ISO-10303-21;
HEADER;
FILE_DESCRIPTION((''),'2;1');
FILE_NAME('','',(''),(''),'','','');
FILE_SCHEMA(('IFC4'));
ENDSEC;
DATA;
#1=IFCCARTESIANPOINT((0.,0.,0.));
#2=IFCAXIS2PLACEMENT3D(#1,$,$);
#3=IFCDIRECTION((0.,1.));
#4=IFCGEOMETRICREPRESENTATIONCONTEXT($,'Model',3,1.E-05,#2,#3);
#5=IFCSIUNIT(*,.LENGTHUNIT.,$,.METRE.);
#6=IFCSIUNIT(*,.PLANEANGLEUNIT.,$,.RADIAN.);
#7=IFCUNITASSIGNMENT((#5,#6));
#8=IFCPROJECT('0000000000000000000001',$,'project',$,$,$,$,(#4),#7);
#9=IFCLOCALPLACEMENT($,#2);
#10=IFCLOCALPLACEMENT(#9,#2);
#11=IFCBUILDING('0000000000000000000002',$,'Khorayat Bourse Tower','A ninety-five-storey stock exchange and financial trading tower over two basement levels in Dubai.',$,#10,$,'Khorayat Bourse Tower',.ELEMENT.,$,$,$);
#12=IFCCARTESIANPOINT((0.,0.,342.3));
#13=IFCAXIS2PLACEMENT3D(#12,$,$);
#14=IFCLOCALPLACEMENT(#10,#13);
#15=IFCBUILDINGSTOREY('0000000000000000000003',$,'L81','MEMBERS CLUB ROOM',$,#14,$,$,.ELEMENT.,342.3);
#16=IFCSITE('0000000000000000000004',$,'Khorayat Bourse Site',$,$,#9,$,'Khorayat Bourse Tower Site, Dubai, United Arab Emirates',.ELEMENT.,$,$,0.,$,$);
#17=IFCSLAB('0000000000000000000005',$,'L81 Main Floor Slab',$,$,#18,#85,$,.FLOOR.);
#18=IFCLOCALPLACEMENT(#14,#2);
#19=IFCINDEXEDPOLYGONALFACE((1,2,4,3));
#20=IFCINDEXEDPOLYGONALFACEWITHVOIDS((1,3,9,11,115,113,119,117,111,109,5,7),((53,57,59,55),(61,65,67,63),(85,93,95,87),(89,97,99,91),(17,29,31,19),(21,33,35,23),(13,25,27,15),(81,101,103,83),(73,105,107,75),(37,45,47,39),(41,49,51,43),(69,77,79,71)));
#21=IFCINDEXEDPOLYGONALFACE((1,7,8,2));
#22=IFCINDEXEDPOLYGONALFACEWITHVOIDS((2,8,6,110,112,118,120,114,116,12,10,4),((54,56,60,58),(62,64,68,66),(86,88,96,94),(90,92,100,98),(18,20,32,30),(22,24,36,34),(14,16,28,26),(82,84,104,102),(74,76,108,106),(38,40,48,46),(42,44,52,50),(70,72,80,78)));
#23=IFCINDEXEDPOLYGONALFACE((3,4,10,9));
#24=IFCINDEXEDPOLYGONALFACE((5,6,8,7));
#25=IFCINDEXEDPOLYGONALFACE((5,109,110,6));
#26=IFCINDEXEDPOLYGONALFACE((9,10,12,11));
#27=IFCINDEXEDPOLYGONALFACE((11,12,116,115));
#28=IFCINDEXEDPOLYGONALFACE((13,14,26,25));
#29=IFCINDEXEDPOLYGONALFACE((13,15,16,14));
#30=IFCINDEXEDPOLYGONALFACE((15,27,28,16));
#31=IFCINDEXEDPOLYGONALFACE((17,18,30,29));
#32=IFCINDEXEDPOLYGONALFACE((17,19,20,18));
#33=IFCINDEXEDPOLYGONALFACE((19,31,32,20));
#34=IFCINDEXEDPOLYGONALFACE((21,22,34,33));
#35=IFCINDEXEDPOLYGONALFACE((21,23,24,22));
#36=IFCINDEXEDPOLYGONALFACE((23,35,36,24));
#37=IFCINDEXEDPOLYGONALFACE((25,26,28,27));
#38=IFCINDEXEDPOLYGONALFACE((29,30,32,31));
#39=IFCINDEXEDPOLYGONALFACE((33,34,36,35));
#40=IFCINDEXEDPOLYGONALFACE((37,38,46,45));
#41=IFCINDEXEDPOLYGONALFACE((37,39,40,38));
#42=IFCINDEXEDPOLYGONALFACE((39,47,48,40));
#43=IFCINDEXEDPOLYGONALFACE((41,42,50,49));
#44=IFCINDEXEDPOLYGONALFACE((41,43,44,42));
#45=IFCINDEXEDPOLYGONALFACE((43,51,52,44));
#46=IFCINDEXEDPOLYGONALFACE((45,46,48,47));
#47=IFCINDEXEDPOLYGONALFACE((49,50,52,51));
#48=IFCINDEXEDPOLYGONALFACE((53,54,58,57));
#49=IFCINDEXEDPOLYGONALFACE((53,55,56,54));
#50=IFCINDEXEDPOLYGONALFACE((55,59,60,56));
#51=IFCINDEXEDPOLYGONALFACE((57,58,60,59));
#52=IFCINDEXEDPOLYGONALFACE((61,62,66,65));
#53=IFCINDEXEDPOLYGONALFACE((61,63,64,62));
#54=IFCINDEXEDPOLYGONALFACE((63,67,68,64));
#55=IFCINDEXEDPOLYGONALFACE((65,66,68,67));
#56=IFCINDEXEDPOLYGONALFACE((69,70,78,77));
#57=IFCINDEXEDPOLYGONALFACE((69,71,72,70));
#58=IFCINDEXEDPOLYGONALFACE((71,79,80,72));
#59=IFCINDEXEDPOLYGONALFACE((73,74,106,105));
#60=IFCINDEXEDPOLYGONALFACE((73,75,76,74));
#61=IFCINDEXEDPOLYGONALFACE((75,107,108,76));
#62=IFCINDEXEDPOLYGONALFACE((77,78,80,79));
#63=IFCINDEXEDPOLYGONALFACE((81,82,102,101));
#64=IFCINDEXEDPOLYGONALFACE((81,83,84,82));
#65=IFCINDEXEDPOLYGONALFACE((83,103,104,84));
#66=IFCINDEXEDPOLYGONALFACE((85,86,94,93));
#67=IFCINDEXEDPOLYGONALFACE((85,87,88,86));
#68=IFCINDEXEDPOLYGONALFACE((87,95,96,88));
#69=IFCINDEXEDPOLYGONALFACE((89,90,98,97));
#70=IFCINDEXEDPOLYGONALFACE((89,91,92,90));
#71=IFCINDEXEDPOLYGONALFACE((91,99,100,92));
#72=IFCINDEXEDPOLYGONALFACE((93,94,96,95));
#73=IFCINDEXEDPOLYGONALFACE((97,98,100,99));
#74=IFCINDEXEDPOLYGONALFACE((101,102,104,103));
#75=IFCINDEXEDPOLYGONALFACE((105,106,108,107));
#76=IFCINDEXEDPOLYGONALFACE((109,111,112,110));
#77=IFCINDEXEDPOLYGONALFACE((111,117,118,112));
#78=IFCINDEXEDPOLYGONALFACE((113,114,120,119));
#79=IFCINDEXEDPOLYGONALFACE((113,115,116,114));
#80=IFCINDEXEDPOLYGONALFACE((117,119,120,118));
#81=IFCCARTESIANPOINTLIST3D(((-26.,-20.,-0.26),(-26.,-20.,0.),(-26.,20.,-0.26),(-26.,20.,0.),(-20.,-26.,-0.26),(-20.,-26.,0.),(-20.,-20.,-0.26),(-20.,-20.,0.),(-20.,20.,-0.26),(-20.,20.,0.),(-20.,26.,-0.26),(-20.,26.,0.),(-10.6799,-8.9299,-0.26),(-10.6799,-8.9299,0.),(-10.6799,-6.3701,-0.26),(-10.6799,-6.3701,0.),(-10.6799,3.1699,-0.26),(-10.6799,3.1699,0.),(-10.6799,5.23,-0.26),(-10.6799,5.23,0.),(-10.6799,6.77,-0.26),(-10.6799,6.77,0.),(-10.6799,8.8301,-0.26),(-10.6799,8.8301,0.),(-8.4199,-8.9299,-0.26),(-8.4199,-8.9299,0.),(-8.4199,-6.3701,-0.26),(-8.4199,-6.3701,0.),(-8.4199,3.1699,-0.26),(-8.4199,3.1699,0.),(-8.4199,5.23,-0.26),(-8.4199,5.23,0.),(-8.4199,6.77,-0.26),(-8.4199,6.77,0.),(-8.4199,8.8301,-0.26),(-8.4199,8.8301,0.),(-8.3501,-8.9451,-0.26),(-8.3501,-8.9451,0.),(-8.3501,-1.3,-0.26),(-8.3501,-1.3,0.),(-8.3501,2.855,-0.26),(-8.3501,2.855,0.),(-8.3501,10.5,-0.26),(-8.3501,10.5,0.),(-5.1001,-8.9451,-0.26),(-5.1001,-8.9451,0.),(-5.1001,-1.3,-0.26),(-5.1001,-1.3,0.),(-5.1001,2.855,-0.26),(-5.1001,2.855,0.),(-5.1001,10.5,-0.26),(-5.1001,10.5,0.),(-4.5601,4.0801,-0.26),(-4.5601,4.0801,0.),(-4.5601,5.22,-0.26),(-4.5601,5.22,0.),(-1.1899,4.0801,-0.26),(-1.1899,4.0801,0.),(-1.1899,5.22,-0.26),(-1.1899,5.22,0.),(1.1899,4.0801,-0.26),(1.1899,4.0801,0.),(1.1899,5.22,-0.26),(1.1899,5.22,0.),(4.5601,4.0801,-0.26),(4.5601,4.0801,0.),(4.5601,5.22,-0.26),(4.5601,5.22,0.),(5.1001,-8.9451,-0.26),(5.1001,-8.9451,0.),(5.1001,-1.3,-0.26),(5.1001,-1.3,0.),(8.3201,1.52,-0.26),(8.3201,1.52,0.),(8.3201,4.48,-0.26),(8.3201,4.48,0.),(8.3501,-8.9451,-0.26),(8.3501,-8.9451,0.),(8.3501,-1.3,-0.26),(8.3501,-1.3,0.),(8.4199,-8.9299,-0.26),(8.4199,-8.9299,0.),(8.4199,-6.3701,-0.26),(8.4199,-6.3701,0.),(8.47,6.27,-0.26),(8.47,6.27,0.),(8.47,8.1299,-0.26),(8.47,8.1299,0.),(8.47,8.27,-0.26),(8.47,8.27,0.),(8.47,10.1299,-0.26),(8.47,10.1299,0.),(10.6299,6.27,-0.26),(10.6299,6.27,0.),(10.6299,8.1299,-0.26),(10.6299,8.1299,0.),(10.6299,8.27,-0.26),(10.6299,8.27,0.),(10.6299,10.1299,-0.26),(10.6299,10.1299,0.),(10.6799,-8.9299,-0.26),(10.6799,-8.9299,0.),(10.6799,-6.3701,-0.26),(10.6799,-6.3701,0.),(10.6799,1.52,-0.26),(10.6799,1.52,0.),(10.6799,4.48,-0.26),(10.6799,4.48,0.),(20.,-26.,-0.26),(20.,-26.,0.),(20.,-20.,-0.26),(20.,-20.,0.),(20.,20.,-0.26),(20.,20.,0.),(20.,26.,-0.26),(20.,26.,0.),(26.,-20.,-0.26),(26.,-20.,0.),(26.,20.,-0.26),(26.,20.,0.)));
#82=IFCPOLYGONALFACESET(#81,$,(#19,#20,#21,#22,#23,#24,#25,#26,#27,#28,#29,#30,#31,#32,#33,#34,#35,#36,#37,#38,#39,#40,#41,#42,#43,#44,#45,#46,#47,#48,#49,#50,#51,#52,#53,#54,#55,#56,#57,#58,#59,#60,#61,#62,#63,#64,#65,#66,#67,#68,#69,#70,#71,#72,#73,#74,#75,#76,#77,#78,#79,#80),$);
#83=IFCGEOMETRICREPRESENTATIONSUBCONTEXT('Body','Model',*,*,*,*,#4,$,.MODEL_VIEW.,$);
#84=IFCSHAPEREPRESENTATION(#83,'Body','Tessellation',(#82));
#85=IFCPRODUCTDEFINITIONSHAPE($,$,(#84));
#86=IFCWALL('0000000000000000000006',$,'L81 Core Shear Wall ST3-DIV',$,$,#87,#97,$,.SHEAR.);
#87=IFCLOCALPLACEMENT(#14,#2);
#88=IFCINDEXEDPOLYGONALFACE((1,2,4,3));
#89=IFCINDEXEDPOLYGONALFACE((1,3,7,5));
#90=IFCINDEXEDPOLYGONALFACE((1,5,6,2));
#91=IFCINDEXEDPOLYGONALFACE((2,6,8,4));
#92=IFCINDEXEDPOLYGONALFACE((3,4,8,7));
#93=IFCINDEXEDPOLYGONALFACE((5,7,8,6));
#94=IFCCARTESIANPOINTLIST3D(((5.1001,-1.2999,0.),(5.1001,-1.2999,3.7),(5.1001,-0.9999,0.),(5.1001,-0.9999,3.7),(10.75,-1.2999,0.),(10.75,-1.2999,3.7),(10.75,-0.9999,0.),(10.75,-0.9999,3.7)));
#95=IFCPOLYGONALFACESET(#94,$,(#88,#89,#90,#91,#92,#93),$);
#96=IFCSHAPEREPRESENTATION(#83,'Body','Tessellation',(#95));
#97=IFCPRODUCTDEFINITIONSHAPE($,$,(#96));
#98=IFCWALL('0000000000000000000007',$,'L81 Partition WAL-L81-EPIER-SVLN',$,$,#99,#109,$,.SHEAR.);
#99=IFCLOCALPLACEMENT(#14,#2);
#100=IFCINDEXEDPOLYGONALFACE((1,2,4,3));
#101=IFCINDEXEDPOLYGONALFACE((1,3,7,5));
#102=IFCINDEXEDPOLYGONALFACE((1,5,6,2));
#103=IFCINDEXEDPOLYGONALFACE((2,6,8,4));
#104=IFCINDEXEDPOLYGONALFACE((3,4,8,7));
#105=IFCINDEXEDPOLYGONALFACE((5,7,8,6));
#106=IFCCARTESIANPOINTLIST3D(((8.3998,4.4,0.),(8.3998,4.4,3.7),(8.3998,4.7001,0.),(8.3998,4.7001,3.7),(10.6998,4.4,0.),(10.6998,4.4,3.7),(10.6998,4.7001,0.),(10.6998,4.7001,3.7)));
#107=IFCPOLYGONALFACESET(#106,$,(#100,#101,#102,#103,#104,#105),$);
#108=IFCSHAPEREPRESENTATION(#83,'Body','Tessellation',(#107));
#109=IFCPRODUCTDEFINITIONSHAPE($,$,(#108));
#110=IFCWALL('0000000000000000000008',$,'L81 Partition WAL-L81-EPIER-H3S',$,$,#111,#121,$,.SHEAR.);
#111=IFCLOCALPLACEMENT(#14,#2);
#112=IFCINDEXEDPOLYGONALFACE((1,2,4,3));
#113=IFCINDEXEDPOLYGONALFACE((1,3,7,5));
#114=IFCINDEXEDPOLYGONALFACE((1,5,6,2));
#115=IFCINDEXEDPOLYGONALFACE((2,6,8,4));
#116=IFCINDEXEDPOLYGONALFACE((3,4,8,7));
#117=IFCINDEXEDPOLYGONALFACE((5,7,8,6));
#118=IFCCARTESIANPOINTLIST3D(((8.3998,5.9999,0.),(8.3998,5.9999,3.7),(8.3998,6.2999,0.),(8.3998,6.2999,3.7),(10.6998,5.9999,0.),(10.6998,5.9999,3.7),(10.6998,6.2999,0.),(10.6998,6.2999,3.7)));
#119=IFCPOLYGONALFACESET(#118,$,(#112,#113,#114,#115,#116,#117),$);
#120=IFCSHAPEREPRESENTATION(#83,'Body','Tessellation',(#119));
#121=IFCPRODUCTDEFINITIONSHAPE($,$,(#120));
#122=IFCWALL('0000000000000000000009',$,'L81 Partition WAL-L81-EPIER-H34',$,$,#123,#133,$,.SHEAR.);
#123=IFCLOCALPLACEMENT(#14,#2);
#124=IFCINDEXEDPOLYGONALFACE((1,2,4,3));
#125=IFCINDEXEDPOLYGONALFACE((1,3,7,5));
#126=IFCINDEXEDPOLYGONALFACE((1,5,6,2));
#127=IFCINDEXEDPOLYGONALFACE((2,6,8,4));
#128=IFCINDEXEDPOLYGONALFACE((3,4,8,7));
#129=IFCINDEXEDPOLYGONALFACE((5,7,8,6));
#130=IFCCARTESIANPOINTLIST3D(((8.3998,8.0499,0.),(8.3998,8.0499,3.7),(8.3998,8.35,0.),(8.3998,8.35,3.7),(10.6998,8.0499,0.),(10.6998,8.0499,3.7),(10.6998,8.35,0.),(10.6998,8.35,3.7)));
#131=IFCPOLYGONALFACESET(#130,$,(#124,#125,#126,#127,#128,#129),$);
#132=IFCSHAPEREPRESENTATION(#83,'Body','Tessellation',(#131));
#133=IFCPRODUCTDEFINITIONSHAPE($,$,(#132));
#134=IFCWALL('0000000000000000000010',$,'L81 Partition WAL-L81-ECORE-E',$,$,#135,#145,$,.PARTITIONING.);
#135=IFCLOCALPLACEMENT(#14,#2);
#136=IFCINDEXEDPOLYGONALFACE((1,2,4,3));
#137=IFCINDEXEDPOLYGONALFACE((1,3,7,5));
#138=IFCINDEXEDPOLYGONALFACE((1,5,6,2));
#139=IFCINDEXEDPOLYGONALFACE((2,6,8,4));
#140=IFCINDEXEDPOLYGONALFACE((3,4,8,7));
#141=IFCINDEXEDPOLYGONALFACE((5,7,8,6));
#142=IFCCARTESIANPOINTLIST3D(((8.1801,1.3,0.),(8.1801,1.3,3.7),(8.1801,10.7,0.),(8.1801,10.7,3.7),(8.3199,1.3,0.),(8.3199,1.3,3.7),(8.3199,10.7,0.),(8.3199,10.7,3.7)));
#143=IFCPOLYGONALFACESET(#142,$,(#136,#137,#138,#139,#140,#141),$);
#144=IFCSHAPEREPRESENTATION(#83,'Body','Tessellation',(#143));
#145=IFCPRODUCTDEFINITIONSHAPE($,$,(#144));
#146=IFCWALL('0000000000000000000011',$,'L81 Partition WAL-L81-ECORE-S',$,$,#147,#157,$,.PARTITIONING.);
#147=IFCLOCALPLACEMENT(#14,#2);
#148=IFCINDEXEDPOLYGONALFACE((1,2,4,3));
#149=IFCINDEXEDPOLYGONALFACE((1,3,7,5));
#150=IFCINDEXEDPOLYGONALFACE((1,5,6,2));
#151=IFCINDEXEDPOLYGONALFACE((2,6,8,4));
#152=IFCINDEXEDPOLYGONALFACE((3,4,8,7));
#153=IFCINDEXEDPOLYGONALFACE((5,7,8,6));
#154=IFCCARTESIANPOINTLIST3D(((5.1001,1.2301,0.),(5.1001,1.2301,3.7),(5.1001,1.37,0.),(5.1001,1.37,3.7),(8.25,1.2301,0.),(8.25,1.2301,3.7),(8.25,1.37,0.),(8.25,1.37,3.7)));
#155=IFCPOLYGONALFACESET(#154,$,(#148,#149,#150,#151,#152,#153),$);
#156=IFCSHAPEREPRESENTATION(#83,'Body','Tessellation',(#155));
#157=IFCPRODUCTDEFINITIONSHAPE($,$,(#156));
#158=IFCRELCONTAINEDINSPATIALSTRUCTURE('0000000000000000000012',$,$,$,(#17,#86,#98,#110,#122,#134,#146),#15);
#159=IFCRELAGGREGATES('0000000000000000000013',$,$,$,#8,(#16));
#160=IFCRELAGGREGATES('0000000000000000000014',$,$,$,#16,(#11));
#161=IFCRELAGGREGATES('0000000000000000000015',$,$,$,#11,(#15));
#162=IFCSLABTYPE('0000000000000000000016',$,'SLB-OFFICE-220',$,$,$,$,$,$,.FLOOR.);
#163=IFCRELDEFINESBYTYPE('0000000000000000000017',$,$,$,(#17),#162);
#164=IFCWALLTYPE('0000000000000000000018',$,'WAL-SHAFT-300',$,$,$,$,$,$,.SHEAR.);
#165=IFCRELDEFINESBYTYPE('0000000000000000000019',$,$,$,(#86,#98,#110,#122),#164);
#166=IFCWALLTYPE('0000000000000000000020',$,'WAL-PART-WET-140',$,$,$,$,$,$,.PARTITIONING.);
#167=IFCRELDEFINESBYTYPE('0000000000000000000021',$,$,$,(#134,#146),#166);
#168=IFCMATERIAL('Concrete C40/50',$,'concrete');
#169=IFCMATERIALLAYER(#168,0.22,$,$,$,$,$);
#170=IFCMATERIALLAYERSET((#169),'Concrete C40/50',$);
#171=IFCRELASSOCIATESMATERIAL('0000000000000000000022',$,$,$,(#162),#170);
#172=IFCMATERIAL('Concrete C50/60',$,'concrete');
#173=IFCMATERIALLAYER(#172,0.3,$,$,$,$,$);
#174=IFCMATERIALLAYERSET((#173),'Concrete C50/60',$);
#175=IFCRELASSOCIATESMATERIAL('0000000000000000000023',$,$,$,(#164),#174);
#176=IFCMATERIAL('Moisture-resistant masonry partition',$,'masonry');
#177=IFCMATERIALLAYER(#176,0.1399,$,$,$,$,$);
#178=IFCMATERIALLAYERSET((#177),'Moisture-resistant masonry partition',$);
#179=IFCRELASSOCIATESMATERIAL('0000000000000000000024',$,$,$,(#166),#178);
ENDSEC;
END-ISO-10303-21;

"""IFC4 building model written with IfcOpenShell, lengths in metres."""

from ifc_helpers import new_model, si_unit, direction, frame, frame_2d, origin, place, context, subcontext, project, spatial, polyline, rectangle, outline, extrude, source, transform, mapped, material, layer, layer_set, type_object, element, save


model = new_model("IFC4")

# Units and contexts
model_context = context("Model", 3, precision=1e-05, world=origin(), true_north=direction((0.0, 1.0)))
body_context = subcontext(model_context, "Body", "Model", "MODEL_VIEW")
ifc_project = project(units=[si_unit("LENGTHUNIT", "METRE"), si_unit("PLANEANGLEUNIT", "RADIAN")], contexts=[model_context])

# Site, building, storey
site_placement = place(None, origin())
site = spatial("IfcSite", under=ifc_project, at=site_placement, Name="Khorayat Bourse Site", LongName="Khorayat Bourse Tower Site, Dubai, United Arab Emirates", CompositionType="ELEMENT", RefElevation=0.0)
building_placement = place(site_placement, origin())
building = spatial("IfcBuilding", under=site, at=building_placement, Name="Khorayat Bourse Tower", Description="A ninety-five-storey stock exchange and financial trading tower over two basement levels in Dubai.", LongName="Khorayat Bourse Tower", CompositionType="ELEMENT")
storey_placement = place(building_placement, frame((0.0, 0.0, 342.3)))
storey = spatial("IfcBuildingStorey", under=building, at=storey_placement, Name="L81", Description="MEMBERS CLUB ROOM", CompositionType="ELEMENT", Elevation=342.3)

# Shared definitions
ifc_material_1 = material(Name="Concrete C40/50", Category="concrete")

# Slab
ifc_layer_1 = layer(ifc_material_1, 0.22)
ifc_layer_set_1 = layer_set([ifc_layer_1], Name="Concrete C40/50")
slab_type_1 = type_object("IfcSlabType", Name="SLB-OFFICE-220", PredefinedType="FLOOR", material=ifc_layer_set_1)
slab_1_placement = place(storey_placement, frame((0.0, 0.0, -0.26)))
element("IfcSlab", 1, at=slab_1_placement, inside=storey, type_object=slab_type_1, Name="L81 Main Floor Slab", PredefinedType="FLOOR", context=body_context, shape_type="SweptSolid", body=[
    extrude(outline(polyline([(-20.0, -26.0), (20.0, -26.0), (20.0, -20.0), (26.0, -20.0), (26.0, 20.0), (20.0, 20.0), (20.0, 26.0), (-20.0, 26.0), (-20.0, 20.0), (-26.0, 20.0), (-26.0, -20.0), (-20.0, -20.0), (-20.0, -26.0)]), holes=[polyline([(-8.3501, -8.9451), (-5.1001, -8.9451), (-5.1001, -1.3), (-8.3501, -1.3), (-8.3501, -8.9451)]), polyline([(-8.3501, 2.855), (-5.1001, 2.855), (-5.1001, 10.5), (-8.3501, 10.5), (-8.3501, 2.855)]), polyline([(5.1001, -8.9451), (8.3501, -8.9451), (8.3501, -1.3), (5.1001, -1.3), (5.1001, -8.9451)]), polyline([(-10.6799, 3.1699), (-8.4199, 3.1699), (-8.4199, 5.23), (-10.6799, 5.23), (-10.6799, 3.1699)]), polyline([(-10.6799, 6.77), (-8.4199, 6.77), (-8.4199, 8.8301), (-10.6799, 8.8301), (-10.6799, 6.77)]), polyline([(8.47, 6.27), (10.6299, 6.27), (10.6299, 8.1299), (8.47, 8.1299), (8.47, 6.27)]), polyline([(8.47, 8.27), (10.6299, 8.27), (10.6299, 10.1299), (8.47, 10.1299), (8.47, 8.27)]), polyline([(-10.6799, -8.9299), (-8.4199, -8.9299), (-8.4199, -6.3701), (-10.6799, -6.3701), (-10.6799, -8.9299)]), polyline([(8.4199, -8.9299), (10.6799, -8.9299), (10.6799, -6.3701), (8.4199, -6.3701), (8.4199, -8.9299)]), polyline([(8.3201, 1.52), (10.6799, 1.52), (10.6799, 4.48), (8.3201, 4.48), (8.3201, 1.52)]), polyline([(-4.5601, 4.0801), (-1.1899, 4.0801), (-1.1899, 5.22), (-4.5601, 5.22), (-4.5601, 4.0801)]), polyline([(1.1899, 4.0801), (4.5601, 4.0801), (4.5601, 5.22), (1.1899, 5.22), (1.1899, 4.0801)])]), origin(), (0.0, 0.0, 1.0), 0.26),
])

# Walls
ifc_material_2 = material(Name="Concrete C50/60", Category="concrete")
ifc_layer_2 = layer(ifc_material_2, 0.3)
ifc_layer_set_2 = layer_set([ifc_layer_2], Name="Concrete C50/60")
wall_type_1 = type_object("IfcWallType", Name="WAL-SHAFT-300", PredefinedType="SHEAR", material=ifc_layer_set_2)
shared_shape_1 = source(origin(), body_context, "Body", "SweptSolid", [
    extrude(rectangle(XDim=5.6499, YDim=0.3, at=frame_2d((2.825, 0.0))), origin(), (0.0, 0.0, 1.0), 3.7),
])
wall_1_placement = place(storey_placement, frame((5.1001, -1.1499, 0.0), z_axis=(0.0, 0.0, 1.0), x_axis=(1.0, 0.0, 0.0)))
element("IfcWall", 2, at=wall_1_placement, inside=storey, type_object=wall_type_1, Name="L81 Core Shear Wall ST3-DIV", PredefinedType="SHEAR", context=body_context, shape_type="MappedRepresentation", body=[
    mapped(shared_shape_1, transform((0.0, 0.0, 0.0), scale=1.0)),
])
shared_shape_2 = source(origin(), body_context, "Body", "SweptSolid", [
    extrude(rectangle(XDim=2.3, YDim=0.3, at=frame_2d((1.1499, 0.0))), origin(), (0.0, 0.0, 1.0), 3.7),
])
for number, where, z_axis, x_axis, name in (
    (3, (8.3999, 4.55, 0.0), (0.0, 0.0, 1.0), (1.0, 0.0, 0.0), "L81 Partition WAL-L81-EPIER-SVLN"),
    (4, (8.3999, 6.1499, 0.0), (0.0, 0.0, 1.0), (1.0, 0.0, 0.0), "L81 Partition WAL-L81-EPIER-H3S"),
    (5, (8.3999, 8.2, 0.0), (0.0, 0.0, 1.0), (1.0, 0.0, 0.0), "L81 Partition WAL-L81-EPIER-H34"),
):
    element("IfcWall", number, at=place(storey_placement, frame(where, z_axis=z_axis, x_axis=x_axis)), inside=storey, type_object=wall_type_1, Name=name, PredefinedType="SHEAR", context=body_context, shape_type="MappedRepresentation", body=[
        mapped(shared_shape_2, transform((0.0, 0.0, 0.0), scale=1.0)),
    ])
ifc_material_3 = material(Name="Moisture-resistant masonry partition", Category="masonry")
ifc_layer_3 = layer(ifc_material_3, 0.1399)
ifc_layer_set_3 = layer_set([ifc_layer_3], Name="Moisture-resistant masonry partition")
wall_type_2 = type_object("IfcWallType", Name="WAL-PART-WET-140", PredefinedType="PARTITIONING", material=ifc_layer_set_3)
shared_shape_3 = source(origin(), body_context, "Body", "SweptSolid", [
    extrude(rectangle(XDim=9.3999, YDim=0.1399, at=frame_2d((4.7, 0.0))), origin(), (0.0, 0.0, 1.0), 3.7),
])
wall_2_placement = place(storey_placement, frame((8.25, 1.3, 0.0), z_axis=(0.0, 0.0, 1.0), x_axis=(0.0, 1.0, 0.0)))
element("IfcWall", 6, at=wall_2_placement, inside=storey, type_object=wall_type_2, Name="L81 Partition WAL-L81-ECORE-E", PredefinedType="PARTITIONING", context=body_context, shape_type="MappedRepresentation", body=[
    mapped(shared_shape_3, transform((0.0, 0.0, 0.0), scale=1.0)),
])
shared_shape_4 = source(origin(), body_context, "Body", "SweptSolid", [
    extrude(rectangle(XDim=3.1499, YDim=0.1399, at=frame_2d((1.575, 0.0))), origin(), (0.0, 0.0, 1.0), 3.7),
])
wall_3_placement = place(storey_placement, frame((5.1001, 1.3, 0.0), z_axis=(0.0, 0.0, 1.0), x_axis=(1.0, 0.0, 0.0)))
element("IfcWall", 7, at=wall_3_placement, inside=storey, type_object=wall_type_2, Name="L81 Partition WAL-L81-ECORE-S", PredefinedType="PARTITIONING", context=body_context, shape_type="MappedRepresentation", body=[
    mapped(shared_shape_4, transform((0.0, 0.0, 0.0), scale=1.0)),
])

save(model, "model.ifc")
